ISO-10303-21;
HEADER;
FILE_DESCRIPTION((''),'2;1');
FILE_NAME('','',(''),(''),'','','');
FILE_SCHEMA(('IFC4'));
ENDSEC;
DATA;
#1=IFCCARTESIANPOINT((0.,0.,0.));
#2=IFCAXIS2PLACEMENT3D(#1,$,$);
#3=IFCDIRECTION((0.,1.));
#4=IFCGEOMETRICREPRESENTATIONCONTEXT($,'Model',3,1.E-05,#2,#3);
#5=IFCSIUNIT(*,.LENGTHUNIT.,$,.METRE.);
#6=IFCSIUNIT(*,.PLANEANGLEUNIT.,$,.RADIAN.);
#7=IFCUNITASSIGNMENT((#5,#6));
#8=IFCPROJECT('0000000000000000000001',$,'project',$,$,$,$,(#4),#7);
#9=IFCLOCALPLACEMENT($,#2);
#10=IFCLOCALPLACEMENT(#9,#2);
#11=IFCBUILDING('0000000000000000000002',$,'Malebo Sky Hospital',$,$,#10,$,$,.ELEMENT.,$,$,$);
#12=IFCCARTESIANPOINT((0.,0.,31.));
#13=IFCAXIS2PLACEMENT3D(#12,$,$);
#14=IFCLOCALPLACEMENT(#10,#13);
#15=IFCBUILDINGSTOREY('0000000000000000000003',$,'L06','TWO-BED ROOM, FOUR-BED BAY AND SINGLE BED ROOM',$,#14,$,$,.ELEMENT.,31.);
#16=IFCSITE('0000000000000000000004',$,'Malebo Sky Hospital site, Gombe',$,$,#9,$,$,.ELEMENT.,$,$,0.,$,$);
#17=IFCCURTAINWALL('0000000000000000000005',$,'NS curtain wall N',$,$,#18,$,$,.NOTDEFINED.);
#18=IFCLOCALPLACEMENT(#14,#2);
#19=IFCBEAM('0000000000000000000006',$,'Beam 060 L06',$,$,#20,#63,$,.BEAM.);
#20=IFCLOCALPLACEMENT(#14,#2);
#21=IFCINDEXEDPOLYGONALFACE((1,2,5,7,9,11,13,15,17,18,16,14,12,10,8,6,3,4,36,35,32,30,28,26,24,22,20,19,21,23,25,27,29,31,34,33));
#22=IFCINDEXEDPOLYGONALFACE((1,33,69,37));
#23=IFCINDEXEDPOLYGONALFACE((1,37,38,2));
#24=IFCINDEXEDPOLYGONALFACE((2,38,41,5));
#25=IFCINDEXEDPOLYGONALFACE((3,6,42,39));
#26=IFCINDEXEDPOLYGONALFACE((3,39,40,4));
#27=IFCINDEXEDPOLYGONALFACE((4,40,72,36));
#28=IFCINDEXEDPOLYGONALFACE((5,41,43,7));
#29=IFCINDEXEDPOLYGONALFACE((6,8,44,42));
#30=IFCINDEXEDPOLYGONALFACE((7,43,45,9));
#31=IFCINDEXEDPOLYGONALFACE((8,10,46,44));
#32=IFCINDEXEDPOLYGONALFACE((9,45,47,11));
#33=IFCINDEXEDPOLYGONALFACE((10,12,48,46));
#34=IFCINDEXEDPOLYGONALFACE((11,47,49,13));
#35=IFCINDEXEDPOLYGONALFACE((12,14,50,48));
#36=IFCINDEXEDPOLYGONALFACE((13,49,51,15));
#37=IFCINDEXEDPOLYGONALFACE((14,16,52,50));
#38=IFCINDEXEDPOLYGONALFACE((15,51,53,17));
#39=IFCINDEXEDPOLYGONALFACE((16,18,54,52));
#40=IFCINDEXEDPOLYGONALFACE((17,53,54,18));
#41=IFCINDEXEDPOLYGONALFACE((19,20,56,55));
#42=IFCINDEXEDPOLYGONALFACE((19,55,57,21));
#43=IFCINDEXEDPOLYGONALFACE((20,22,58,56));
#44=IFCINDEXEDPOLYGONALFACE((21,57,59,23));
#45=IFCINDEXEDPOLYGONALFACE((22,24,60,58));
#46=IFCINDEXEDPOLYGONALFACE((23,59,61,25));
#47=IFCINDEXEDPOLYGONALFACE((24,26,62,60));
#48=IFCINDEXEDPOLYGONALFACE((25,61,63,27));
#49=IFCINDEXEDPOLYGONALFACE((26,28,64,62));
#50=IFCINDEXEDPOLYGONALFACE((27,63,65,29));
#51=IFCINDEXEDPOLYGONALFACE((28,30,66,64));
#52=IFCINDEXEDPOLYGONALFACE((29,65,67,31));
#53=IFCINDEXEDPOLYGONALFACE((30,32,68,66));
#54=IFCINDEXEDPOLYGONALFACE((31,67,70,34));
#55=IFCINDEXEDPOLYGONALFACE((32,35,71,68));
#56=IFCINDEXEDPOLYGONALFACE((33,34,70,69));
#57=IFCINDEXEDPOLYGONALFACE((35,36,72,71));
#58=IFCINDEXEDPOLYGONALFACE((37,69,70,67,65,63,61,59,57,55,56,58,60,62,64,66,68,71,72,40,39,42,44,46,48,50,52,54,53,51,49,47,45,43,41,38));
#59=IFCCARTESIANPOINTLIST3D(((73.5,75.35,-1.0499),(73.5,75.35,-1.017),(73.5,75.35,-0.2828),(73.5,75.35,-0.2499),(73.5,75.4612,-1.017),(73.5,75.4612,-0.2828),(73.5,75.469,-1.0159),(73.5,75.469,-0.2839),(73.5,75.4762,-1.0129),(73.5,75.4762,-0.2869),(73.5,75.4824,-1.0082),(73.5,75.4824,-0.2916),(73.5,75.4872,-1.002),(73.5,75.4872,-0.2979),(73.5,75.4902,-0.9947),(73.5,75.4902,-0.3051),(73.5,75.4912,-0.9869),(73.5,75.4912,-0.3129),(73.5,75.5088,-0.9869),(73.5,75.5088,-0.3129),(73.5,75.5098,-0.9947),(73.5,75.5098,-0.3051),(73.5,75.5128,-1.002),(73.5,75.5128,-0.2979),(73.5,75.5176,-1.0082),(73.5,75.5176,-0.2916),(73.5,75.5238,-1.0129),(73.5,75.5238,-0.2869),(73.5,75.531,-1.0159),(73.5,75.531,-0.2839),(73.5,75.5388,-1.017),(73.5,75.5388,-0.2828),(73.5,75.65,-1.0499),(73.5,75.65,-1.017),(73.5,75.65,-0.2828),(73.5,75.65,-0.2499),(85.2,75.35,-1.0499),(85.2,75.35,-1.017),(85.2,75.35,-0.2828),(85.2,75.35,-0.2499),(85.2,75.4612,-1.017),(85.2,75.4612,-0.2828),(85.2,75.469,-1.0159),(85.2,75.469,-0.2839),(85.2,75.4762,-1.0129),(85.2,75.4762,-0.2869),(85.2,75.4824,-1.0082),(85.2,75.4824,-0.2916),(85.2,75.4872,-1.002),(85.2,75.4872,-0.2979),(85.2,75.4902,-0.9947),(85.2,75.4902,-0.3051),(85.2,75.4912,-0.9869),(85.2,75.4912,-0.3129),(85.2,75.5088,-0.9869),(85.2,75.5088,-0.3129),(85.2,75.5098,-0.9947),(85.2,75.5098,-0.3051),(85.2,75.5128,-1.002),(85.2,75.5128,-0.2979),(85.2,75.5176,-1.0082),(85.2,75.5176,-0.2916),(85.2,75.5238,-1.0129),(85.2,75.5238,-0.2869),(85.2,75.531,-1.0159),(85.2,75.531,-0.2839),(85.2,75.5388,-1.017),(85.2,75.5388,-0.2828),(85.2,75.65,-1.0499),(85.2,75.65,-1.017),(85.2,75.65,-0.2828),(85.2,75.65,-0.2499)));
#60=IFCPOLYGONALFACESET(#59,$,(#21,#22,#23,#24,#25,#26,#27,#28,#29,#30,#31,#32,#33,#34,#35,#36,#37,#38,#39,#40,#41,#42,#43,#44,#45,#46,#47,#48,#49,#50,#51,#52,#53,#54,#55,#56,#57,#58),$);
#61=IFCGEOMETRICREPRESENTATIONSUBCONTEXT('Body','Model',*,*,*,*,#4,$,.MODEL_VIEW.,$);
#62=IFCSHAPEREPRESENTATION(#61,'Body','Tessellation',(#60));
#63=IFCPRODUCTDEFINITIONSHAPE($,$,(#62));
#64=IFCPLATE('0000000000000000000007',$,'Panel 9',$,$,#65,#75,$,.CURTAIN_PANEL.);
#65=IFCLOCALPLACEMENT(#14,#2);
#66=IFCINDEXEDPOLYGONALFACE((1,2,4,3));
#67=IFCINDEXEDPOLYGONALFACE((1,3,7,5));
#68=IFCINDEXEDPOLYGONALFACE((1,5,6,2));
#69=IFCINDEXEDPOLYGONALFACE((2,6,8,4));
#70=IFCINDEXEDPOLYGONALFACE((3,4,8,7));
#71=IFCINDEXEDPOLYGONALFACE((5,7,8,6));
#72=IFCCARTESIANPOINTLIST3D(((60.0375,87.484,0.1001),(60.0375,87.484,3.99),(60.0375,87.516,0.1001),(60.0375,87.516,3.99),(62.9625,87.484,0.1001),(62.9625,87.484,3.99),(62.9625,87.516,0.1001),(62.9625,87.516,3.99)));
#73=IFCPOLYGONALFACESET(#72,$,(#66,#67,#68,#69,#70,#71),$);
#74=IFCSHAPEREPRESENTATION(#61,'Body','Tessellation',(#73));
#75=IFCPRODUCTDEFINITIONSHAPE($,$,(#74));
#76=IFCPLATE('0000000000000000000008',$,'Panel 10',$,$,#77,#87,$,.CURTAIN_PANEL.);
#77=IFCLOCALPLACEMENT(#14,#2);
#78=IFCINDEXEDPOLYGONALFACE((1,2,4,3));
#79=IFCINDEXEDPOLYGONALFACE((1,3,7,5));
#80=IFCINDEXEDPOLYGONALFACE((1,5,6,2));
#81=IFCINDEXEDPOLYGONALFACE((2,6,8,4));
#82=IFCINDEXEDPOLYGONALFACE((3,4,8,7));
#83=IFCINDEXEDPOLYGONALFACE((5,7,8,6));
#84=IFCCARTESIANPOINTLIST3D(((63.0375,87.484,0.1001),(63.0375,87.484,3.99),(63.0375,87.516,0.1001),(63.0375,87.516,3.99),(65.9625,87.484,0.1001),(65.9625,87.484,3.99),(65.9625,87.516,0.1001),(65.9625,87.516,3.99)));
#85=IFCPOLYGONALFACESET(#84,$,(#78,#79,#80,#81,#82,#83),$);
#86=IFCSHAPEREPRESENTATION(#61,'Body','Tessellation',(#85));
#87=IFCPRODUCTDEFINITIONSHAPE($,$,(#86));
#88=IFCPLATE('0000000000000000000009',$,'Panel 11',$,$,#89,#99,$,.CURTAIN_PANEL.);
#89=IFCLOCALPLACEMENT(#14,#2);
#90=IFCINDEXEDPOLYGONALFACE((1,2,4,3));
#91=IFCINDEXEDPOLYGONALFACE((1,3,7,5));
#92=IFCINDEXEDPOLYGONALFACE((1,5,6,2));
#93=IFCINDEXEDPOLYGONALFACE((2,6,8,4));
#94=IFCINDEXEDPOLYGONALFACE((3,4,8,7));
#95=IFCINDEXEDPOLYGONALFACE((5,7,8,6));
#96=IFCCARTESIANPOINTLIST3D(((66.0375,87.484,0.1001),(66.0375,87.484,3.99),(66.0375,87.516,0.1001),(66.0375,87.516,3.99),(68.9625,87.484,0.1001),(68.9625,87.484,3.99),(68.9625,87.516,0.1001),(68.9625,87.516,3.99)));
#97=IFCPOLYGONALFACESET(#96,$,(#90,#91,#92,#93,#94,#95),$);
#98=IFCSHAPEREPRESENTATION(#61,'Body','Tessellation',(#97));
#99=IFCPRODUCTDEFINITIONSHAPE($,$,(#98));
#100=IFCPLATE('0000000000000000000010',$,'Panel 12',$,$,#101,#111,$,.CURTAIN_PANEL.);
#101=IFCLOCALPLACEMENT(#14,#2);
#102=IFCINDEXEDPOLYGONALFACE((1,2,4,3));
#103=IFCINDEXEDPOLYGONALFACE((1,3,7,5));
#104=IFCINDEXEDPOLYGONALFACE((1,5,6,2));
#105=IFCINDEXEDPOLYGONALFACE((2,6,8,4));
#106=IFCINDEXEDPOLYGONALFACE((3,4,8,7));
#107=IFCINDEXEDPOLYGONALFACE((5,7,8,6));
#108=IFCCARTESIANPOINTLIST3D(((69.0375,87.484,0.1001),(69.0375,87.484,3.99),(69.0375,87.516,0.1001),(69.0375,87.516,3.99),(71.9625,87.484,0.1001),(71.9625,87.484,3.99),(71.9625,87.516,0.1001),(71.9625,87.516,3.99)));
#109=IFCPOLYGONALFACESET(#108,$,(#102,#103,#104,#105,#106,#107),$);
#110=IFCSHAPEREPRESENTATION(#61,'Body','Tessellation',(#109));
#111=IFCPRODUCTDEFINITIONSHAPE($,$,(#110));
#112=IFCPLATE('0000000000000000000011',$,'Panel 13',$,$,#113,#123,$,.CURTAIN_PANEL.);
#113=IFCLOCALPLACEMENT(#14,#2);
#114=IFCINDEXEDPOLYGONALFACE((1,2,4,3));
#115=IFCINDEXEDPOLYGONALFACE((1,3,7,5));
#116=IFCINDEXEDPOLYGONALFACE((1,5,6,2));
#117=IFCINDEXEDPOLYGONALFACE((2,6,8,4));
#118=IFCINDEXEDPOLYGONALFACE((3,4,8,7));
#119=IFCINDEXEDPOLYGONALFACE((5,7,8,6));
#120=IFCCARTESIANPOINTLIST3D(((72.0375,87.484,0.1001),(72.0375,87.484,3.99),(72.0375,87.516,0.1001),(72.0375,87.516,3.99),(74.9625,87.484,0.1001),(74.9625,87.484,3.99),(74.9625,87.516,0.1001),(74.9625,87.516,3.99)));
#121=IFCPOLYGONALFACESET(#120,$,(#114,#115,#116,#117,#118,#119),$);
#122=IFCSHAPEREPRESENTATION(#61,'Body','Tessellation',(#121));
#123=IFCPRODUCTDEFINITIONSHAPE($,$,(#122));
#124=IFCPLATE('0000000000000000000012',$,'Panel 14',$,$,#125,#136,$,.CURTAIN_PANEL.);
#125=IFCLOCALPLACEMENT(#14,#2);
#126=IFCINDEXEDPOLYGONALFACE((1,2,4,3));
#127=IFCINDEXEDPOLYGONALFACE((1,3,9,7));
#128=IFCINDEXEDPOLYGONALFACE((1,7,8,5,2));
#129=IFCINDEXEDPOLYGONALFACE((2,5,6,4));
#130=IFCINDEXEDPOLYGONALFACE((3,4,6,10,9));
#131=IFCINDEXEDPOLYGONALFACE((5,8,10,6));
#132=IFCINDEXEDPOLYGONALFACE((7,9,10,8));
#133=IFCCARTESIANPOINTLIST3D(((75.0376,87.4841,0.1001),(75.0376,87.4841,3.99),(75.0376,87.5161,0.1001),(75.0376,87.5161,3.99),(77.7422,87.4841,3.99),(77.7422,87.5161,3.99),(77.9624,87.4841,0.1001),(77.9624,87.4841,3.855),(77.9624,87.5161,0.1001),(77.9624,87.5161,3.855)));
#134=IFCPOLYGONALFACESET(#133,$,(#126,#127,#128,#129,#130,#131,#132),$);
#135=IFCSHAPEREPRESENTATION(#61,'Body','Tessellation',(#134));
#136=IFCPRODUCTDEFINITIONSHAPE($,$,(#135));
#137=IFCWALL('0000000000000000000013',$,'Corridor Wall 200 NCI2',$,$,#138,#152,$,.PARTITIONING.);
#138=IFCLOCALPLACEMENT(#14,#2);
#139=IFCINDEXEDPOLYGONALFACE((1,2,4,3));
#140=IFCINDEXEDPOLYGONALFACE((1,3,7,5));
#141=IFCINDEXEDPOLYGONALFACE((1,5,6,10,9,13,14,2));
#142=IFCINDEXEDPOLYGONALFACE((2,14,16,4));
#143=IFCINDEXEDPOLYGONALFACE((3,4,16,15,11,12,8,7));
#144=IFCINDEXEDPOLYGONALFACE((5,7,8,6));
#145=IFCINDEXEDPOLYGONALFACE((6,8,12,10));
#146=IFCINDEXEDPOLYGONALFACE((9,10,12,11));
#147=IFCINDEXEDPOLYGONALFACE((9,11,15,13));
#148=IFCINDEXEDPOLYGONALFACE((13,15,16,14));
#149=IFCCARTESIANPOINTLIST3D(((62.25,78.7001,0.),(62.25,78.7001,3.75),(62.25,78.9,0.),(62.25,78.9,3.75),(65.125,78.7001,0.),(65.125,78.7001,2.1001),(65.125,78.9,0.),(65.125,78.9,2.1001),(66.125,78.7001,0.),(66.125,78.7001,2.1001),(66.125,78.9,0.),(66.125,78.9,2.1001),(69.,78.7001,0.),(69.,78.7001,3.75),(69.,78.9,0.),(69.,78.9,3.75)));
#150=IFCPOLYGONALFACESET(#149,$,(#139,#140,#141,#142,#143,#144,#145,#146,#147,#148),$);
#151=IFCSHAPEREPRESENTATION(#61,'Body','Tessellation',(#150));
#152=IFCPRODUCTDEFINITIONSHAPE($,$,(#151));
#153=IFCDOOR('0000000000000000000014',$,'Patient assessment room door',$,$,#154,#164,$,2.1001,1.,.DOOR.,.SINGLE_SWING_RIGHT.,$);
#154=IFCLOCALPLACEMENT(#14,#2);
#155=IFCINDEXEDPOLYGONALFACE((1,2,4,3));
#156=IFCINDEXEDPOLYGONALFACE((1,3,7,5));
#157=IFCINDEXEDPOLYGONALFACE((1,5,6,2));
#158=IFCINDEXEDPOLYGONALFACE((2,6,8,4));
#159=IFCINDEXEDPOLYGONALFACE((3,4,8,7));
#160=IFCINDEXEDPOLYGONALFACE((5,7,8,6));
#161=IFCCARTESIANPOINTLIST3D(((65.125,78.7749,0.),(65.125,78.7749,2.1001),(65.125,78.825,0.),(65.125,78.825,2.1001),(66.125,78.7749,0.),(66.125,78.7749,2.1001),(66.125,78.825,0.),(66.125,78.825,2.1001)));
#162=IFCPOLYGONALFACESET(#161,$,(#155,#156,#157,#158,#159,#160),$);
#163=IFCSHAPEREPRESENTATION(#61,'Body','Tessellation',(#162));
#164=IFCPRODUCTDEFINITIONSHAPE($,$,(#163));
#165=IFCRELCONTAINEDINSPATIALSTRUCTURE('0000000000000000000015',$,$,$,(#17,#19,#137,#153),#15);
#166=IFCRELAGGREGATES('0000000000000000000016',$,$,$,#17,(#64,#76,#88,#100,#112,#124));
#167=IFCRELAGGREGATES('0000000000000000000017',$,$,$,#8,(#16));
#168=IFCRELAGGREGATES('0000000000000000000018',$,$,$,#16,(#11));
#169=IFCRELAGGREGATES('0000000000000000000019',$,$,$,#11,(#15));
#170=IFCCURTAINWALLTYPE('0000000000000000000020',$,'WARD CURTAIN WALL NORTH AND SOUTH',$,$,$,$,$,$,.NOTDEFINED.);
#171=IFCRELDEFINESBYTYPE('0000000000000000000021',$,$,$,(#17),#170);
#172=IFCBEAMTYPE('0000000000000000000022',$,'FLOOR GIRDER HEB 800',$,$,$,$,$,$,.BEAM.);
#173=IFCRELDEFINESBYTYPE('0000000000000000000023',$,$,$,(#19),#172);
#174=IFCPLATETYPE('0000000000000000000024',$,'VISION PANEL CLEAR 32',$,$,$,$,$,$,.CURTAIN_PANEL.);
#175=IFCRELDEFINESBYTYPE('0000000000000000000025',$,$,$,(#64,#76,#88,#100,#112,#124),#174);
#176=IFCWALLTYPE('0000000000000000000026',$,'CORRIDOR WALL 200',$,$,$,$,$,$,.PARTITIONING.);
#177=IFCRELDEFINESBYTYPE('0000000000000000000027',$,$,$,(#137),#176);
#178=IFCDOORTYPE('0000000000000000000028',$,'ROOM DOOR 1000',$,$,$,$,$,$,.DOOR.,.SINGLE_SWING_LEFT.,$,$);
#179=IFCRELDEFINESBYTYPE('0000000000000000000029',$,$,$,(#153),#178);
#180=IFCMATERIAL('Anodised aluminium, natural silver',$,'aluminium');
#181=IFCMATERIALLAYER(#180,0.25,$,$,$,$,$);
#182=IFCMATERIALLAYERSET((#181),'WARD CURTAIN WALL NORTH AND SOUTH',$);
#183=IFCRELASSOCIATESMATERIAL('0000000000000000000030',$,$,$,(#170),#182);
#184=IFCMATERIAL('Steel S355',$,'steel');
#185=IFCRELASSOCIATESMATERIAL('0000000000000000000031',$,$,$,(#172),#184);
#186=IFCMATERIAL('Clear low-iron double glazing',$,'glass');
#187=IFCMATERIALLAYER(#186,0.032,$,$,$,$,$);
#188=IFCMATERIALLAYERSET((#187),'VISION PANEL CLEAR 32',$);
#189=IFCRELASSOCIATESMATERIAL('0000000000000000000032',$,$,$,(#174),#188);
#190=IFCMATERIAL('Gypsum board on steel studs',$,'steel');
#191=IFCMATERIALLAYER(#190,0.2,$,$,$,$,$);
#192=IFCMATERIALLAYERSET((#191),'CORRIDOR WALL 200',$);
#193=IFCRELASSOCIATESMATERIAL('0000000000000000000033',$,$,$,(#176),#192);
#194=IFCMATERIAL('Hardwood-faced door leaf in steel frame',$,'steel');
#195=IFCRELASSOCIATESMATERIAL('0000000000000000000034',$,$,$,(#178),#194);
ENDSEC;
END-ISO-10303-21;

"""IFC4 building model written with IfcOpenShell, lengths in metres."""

from ifc_helpers import new_model, si_unit, direction, frame, frame_2d, origin, origin_2d, place, context, subcontext, project, spatial, polyline, rectangle, i_section, outline, extrude, material, layer, layer_set, material_profile, profile_set, type_object, element, fill, aggregate, save


model = new_model("IFC4")

# Units and contexts
model_context = context("Model", 3, precision=1e-05, world=origin(), true_north=direction((0.0, 1.0)))
body_context = subcontext(model_context, "Body", "Model", "MODEL_VIEW")
ifc_project = project(units=[si_unit("LENGTHUNIT", "METRE"), si_unit("PLANEANGLEUNIT", "RADIAN")], contexts=[model_context])

# Site, building, storey
site_placement = place(None, origin())
site = spatial("IfcSite", under=ifc_project, at=site_placement, Name="Malebo Sky Hospital site, Gombe", CompositionType="ELEMENT", RefElevation=0.0)
building_placement = place(site_placement, origin())
building = spatial("IfcBuilding", under=site, at=building_placement, Name="Malebo Sky Hospital", CompositionType="ELEMENT")
storey_placement = place(building_placement, frame((0.0, 0.0, 31.0)))
storey = spatial("IfcBuildingStorey", under=building, at=storey_placement, Name="L06", Description="TWO-BED ROOM, FOUR-BED BAY AND SINGLE BED ROOM", CompositionType="ELEMENT", Elevation=31.0)

# Curtain wall
ifc_material_1 = material(Name="Anodised aluminium, natural silver", Category="aluminium")
ifc_layer_1 = layer(ifc_material_1, 0.25)
ifc_layer_set_1 = layer_set([ifc_layer_1], Name="WARD CURTAIN WALL NORTH AND SOUTH")
curtain_wall_type = type_object("IfcCurtainWallType", Name="WARD CURTAIN WALL NORTH AND SOUTH", PredefinedType="NOTDEFINED", material=ifc_layer_set_1)
curtain_wall_placement = place(storey_placement, origin())
curtain_wall = element("IfcCurtainWall", 1, at=curtain_wall_placement, inside=storey, type_object=curtain_wall_type, Name="NS curtain wall N", PredefinedType="NOTDEFINED")

# Beam
ifc_material_2 = material(Name="Steel S355", Category="steel")
ifc_material_profile_1 = material_profile(ifc_material_2, i_section(OverallWidth=0.3, OverallDepth=0.8, WebThickness=0.0176, FlangeThickness=0.033, FilletRadius=0.03, at=origin_2d()), Name="HEB 800")
ifc_profile_set_1 = profile_set([ifc_material_profile_1], Name="Steel S355")
beam_type_1 = type_object("IfcBeamType", Name="FLOOR GIRDER HEB 800", PredefinedType="BEAM", material=ifc_profile_set_1)
for number, where, z_axis, x_axis, name in (
    (2, (73.5, 75.5, -0.6499), (1.0, 0.0, 0.0), (0.0, 1.0, 0.0), "Beam 060 L06"),
):
    element("IfcBeam", number, at=place(storey_placement, frame(where, z_axis=z_axis, x_axis=x_axis)), inside=storey, type_object=beam_type_1, Name=name, PredefinedType="BEAM", context=body_context, shape_type="SweptSolid", body=[
        extrude(i_section(OverallWidth=0.3, OverallDepth=0.8, WebThickness=0.0176, FlangeThickness=0.033, FilletRadius=0.03, at=origin_2d()), origin(), (0.0, 0.0, 1.0), 11.7),
    ])

# Plates
ifc_material_3 = material(Name="Clear low-iron double glazing", Category="glass")
ifc_layer_2 = layer(ifc_material_3, 0.032)
ifc_layer_set_2 = layer_set([ifc_layer_2], Name="VISION PANEL CLEAR 32")
plate_type = type_object("IfcPlateType", Name="VISION PANEL CLEAR 32", PredefinedType="CURTAIN_PANEL", material=ifc_layer_set_2)
plate_1_placement = place(storey_placement, frame((61.5, 87.5, 0.1001), z_axis=(0.0, 0.0, 1.0), x_axis=(1.0, 0.0, 0.0)))
plate_1 = element("IfcPlate", 3, at=plate_1_placement, type_object=plate_type, Name="Panel 9", PredefinedType="CURTAIN_PANEL", context=body_context, shape_type="SweptSolid", body=[
    extrude(rectangle(XDim=2.925, YDim=0.032, at=origin_2d()), origin(), (0.0, 0.0, 1.0), 3.8899),
])
plate_2_placement = place(storey_placement, frame((64.5, 87.5, 0.1001), z_axis=(0.0, 0.0, 1.0), x_axis=(1.0, 0.0, 0.0)))
plate_2 = element("IfcPlate", 4, at=plate_2_placement, type_object=plate_type, Name="Panel 10", PredefinedType="CURTAIN_PANEL", context=body_context, shape_type="SweptSolid", body=[
    extrude(rectangle(XDim=2.925, YDim=0.032, at=origin_2d()), origin(), (0.0, 0.0, 1.0), 3.8899),
])
plate_3_placement = place(storey_placement, frame((67.5, 87.5, 0.1001), z_axis=(0.0, 0.0, 1.0), x_axis=(1.0, 0.0, 0.0)))
plate_3 = element("IfcPlate", 5, at=plate_3_placement, type_object=plate_type, Name="Panel 11", PredefinedType="CURTAIN_PANEL", context=body_context, shape_type="SweptSolid", body=[
    extrude(rectangle(XDim=2.925, YDim=0.032, at=origin_2d()), origin(), (0.0, 0.0, 1.0), 3.8899),
])
plate_4_placement = place(storey_placement, frame((70.5, 87.5, 0.1001), z_axis=(0.0, 0.0, 1.0), x_axis=(1.0, 0.0, 0.0)))
plate_4 = element("IfcPlate", 6, at=plate_4_placement, type_object=plate_type, Name="Panel 12", PredefinedType="CURTAIN_PANEL", context=body_context, shape_type="SweptSolid", body=[
    extrude(rectangle(XDim=2.925, YDim=0.032, at=origin_2d()), origin(), (0.0, 0.0, 1.0), 3.8899),
])
plate_5_placement = place(storey_placement, frame((73.5, 87.5, 0.1001), z_axis=(0.0, 0.0, 1.0), x_axis=(1.0, 0.0, 0.0)))
plate_5 = element("IfcPlate", 7, at=plate_5_placement, type_object=plate_type, Name="Panel 13", PredefinedType="CURTAIN_PANEL", context=body_context, shape_type="SweptSolid", body=[
    extrude(rectangle(XDim=2.925, YDim=0.032, at=origin_2d()), origin(), (0.0, 0.0, 1.0), 3.8899),
])
plate_6_placement = place(storey_placement, frame((76.5, 87.5, 0.1001), z_axis=(0.0, 0.0, 1.0), x_axis=(1.0, 0.0, 0.0)))
plate_6 = element("IfcPlate", 8, at=plate_6_placement, type_object=plate_type, Name="Panel 14", PredefinedType="CURTAIN_PANEL", context=body_context, shape_type="SweptSolid", body=[
    extrude(outline(polyline([(-1.4624, 0.0), (1.4624, 0.0), (1.4624, 3.7549), (1.2422, 3.8899), (-1.4624, 3.8899), (-1.4624, 0.0)])), frame((0.0, 0.0161, 0.0), z_axis=(0.0, -1.0, 0.0), x_axis=(1.0, 0.0, 0.0)), (0.0, 0.0, 1.0), 0.032),
])
aggregate(curtain_wall, [plate_1, plate_2, plate_3, plate_4, plate_5, plate_6])

# Wall, opening, door
ifc_material_4 = material(Name="Gypsum board on steel studs", Category="steel")
ifc_layer_3 = layer(ifc_material_4, 0.2)
ifc_layer_set_3 = layer_set([ifc_layer_3], Name="CORRIDOR WALL 200")
wall_type_1 = type_object("IfcWallType", Name="CORRIDOR WALL 200", PredefinedType="PARTITIONING", material=ifc_layer_set_3)
wall_1_placement = place(storey_placement, frame((62.25, 78.8, 0.0), z_axis=(0.0, 0.0, 1.0), x_axis=(1.0, 0.0, 0.0)))
wall_1 = element("IfcWall", 9, at=wall_1_placement, inside=storey, type_object=wall_type_1, Name="Corridor Wall 200 NCI2", PredefinedType="PARTITIONING", context=body_context, shape_type="SweptSolid", body=[
    extrude(rectangle(XDim=6.75, YDim=0.2, at=frame_2d((3.375, 0.0))), origin(), (0.0, 0.0, 1.0), 3.75),
])
opening_1_placement = place(wall_1_placement, frame((2.875, 0.0, 0.0)))
opening_1 = element("IfcOpeningElement", 10, at=opening_1_placement, cuts=wall_1, PredefinedType="OPENING", context=body_context, shape_type="SweptSolid", body=[
    extrude(rectangle(XDim=1.0, YDim=2.1001, at=frame_2d((0.5, 1.05))), frame((0.0, 0.1099, 0.0), z_axis=(0.0, -1.0, 0.0), x_axis=(1.0, 0.0, 0.0)), (0.0, 0.0, 1.0), 0.22),
])
ifc_material_5 = material(Name="Hardwood-faced door leaf in steel frame", Category="steel")
door_type = type_object("IfcDoorType", Name="ROOM DOOR 1000", OperationType="SINGLE_SWING_LEFT", PredefinedType="DOOR", material=ifc_material_5)
door_1_placement = place(opening_1_placement, origin())
door_1 = element("IfcDoor", 11, at=door_1_placement, inside=storey, type_object=door_type, Name="Patient assessment room door", OperationType="SINGLE_SWING_RIGHT", OverallHeight=2.1001, OverallWidth=1.0, PredefinedType="DOOR", context=body_context, shape_type="SweptSolid", body=[
    extrude(rectangle(XDim=1.0, YDim=2.1001, at=frame_2d((0.5, 1.05))), frame((0.0, 0.0249, 0.0), z_axis=(0.0, -1.0, 0.0), x_axis=(1.0, 0.0, 0.0)), (0.0, 0.0, 1.0), 0.05),
])
fill(opening_1, door_1)

save(model, "model.ifc")
